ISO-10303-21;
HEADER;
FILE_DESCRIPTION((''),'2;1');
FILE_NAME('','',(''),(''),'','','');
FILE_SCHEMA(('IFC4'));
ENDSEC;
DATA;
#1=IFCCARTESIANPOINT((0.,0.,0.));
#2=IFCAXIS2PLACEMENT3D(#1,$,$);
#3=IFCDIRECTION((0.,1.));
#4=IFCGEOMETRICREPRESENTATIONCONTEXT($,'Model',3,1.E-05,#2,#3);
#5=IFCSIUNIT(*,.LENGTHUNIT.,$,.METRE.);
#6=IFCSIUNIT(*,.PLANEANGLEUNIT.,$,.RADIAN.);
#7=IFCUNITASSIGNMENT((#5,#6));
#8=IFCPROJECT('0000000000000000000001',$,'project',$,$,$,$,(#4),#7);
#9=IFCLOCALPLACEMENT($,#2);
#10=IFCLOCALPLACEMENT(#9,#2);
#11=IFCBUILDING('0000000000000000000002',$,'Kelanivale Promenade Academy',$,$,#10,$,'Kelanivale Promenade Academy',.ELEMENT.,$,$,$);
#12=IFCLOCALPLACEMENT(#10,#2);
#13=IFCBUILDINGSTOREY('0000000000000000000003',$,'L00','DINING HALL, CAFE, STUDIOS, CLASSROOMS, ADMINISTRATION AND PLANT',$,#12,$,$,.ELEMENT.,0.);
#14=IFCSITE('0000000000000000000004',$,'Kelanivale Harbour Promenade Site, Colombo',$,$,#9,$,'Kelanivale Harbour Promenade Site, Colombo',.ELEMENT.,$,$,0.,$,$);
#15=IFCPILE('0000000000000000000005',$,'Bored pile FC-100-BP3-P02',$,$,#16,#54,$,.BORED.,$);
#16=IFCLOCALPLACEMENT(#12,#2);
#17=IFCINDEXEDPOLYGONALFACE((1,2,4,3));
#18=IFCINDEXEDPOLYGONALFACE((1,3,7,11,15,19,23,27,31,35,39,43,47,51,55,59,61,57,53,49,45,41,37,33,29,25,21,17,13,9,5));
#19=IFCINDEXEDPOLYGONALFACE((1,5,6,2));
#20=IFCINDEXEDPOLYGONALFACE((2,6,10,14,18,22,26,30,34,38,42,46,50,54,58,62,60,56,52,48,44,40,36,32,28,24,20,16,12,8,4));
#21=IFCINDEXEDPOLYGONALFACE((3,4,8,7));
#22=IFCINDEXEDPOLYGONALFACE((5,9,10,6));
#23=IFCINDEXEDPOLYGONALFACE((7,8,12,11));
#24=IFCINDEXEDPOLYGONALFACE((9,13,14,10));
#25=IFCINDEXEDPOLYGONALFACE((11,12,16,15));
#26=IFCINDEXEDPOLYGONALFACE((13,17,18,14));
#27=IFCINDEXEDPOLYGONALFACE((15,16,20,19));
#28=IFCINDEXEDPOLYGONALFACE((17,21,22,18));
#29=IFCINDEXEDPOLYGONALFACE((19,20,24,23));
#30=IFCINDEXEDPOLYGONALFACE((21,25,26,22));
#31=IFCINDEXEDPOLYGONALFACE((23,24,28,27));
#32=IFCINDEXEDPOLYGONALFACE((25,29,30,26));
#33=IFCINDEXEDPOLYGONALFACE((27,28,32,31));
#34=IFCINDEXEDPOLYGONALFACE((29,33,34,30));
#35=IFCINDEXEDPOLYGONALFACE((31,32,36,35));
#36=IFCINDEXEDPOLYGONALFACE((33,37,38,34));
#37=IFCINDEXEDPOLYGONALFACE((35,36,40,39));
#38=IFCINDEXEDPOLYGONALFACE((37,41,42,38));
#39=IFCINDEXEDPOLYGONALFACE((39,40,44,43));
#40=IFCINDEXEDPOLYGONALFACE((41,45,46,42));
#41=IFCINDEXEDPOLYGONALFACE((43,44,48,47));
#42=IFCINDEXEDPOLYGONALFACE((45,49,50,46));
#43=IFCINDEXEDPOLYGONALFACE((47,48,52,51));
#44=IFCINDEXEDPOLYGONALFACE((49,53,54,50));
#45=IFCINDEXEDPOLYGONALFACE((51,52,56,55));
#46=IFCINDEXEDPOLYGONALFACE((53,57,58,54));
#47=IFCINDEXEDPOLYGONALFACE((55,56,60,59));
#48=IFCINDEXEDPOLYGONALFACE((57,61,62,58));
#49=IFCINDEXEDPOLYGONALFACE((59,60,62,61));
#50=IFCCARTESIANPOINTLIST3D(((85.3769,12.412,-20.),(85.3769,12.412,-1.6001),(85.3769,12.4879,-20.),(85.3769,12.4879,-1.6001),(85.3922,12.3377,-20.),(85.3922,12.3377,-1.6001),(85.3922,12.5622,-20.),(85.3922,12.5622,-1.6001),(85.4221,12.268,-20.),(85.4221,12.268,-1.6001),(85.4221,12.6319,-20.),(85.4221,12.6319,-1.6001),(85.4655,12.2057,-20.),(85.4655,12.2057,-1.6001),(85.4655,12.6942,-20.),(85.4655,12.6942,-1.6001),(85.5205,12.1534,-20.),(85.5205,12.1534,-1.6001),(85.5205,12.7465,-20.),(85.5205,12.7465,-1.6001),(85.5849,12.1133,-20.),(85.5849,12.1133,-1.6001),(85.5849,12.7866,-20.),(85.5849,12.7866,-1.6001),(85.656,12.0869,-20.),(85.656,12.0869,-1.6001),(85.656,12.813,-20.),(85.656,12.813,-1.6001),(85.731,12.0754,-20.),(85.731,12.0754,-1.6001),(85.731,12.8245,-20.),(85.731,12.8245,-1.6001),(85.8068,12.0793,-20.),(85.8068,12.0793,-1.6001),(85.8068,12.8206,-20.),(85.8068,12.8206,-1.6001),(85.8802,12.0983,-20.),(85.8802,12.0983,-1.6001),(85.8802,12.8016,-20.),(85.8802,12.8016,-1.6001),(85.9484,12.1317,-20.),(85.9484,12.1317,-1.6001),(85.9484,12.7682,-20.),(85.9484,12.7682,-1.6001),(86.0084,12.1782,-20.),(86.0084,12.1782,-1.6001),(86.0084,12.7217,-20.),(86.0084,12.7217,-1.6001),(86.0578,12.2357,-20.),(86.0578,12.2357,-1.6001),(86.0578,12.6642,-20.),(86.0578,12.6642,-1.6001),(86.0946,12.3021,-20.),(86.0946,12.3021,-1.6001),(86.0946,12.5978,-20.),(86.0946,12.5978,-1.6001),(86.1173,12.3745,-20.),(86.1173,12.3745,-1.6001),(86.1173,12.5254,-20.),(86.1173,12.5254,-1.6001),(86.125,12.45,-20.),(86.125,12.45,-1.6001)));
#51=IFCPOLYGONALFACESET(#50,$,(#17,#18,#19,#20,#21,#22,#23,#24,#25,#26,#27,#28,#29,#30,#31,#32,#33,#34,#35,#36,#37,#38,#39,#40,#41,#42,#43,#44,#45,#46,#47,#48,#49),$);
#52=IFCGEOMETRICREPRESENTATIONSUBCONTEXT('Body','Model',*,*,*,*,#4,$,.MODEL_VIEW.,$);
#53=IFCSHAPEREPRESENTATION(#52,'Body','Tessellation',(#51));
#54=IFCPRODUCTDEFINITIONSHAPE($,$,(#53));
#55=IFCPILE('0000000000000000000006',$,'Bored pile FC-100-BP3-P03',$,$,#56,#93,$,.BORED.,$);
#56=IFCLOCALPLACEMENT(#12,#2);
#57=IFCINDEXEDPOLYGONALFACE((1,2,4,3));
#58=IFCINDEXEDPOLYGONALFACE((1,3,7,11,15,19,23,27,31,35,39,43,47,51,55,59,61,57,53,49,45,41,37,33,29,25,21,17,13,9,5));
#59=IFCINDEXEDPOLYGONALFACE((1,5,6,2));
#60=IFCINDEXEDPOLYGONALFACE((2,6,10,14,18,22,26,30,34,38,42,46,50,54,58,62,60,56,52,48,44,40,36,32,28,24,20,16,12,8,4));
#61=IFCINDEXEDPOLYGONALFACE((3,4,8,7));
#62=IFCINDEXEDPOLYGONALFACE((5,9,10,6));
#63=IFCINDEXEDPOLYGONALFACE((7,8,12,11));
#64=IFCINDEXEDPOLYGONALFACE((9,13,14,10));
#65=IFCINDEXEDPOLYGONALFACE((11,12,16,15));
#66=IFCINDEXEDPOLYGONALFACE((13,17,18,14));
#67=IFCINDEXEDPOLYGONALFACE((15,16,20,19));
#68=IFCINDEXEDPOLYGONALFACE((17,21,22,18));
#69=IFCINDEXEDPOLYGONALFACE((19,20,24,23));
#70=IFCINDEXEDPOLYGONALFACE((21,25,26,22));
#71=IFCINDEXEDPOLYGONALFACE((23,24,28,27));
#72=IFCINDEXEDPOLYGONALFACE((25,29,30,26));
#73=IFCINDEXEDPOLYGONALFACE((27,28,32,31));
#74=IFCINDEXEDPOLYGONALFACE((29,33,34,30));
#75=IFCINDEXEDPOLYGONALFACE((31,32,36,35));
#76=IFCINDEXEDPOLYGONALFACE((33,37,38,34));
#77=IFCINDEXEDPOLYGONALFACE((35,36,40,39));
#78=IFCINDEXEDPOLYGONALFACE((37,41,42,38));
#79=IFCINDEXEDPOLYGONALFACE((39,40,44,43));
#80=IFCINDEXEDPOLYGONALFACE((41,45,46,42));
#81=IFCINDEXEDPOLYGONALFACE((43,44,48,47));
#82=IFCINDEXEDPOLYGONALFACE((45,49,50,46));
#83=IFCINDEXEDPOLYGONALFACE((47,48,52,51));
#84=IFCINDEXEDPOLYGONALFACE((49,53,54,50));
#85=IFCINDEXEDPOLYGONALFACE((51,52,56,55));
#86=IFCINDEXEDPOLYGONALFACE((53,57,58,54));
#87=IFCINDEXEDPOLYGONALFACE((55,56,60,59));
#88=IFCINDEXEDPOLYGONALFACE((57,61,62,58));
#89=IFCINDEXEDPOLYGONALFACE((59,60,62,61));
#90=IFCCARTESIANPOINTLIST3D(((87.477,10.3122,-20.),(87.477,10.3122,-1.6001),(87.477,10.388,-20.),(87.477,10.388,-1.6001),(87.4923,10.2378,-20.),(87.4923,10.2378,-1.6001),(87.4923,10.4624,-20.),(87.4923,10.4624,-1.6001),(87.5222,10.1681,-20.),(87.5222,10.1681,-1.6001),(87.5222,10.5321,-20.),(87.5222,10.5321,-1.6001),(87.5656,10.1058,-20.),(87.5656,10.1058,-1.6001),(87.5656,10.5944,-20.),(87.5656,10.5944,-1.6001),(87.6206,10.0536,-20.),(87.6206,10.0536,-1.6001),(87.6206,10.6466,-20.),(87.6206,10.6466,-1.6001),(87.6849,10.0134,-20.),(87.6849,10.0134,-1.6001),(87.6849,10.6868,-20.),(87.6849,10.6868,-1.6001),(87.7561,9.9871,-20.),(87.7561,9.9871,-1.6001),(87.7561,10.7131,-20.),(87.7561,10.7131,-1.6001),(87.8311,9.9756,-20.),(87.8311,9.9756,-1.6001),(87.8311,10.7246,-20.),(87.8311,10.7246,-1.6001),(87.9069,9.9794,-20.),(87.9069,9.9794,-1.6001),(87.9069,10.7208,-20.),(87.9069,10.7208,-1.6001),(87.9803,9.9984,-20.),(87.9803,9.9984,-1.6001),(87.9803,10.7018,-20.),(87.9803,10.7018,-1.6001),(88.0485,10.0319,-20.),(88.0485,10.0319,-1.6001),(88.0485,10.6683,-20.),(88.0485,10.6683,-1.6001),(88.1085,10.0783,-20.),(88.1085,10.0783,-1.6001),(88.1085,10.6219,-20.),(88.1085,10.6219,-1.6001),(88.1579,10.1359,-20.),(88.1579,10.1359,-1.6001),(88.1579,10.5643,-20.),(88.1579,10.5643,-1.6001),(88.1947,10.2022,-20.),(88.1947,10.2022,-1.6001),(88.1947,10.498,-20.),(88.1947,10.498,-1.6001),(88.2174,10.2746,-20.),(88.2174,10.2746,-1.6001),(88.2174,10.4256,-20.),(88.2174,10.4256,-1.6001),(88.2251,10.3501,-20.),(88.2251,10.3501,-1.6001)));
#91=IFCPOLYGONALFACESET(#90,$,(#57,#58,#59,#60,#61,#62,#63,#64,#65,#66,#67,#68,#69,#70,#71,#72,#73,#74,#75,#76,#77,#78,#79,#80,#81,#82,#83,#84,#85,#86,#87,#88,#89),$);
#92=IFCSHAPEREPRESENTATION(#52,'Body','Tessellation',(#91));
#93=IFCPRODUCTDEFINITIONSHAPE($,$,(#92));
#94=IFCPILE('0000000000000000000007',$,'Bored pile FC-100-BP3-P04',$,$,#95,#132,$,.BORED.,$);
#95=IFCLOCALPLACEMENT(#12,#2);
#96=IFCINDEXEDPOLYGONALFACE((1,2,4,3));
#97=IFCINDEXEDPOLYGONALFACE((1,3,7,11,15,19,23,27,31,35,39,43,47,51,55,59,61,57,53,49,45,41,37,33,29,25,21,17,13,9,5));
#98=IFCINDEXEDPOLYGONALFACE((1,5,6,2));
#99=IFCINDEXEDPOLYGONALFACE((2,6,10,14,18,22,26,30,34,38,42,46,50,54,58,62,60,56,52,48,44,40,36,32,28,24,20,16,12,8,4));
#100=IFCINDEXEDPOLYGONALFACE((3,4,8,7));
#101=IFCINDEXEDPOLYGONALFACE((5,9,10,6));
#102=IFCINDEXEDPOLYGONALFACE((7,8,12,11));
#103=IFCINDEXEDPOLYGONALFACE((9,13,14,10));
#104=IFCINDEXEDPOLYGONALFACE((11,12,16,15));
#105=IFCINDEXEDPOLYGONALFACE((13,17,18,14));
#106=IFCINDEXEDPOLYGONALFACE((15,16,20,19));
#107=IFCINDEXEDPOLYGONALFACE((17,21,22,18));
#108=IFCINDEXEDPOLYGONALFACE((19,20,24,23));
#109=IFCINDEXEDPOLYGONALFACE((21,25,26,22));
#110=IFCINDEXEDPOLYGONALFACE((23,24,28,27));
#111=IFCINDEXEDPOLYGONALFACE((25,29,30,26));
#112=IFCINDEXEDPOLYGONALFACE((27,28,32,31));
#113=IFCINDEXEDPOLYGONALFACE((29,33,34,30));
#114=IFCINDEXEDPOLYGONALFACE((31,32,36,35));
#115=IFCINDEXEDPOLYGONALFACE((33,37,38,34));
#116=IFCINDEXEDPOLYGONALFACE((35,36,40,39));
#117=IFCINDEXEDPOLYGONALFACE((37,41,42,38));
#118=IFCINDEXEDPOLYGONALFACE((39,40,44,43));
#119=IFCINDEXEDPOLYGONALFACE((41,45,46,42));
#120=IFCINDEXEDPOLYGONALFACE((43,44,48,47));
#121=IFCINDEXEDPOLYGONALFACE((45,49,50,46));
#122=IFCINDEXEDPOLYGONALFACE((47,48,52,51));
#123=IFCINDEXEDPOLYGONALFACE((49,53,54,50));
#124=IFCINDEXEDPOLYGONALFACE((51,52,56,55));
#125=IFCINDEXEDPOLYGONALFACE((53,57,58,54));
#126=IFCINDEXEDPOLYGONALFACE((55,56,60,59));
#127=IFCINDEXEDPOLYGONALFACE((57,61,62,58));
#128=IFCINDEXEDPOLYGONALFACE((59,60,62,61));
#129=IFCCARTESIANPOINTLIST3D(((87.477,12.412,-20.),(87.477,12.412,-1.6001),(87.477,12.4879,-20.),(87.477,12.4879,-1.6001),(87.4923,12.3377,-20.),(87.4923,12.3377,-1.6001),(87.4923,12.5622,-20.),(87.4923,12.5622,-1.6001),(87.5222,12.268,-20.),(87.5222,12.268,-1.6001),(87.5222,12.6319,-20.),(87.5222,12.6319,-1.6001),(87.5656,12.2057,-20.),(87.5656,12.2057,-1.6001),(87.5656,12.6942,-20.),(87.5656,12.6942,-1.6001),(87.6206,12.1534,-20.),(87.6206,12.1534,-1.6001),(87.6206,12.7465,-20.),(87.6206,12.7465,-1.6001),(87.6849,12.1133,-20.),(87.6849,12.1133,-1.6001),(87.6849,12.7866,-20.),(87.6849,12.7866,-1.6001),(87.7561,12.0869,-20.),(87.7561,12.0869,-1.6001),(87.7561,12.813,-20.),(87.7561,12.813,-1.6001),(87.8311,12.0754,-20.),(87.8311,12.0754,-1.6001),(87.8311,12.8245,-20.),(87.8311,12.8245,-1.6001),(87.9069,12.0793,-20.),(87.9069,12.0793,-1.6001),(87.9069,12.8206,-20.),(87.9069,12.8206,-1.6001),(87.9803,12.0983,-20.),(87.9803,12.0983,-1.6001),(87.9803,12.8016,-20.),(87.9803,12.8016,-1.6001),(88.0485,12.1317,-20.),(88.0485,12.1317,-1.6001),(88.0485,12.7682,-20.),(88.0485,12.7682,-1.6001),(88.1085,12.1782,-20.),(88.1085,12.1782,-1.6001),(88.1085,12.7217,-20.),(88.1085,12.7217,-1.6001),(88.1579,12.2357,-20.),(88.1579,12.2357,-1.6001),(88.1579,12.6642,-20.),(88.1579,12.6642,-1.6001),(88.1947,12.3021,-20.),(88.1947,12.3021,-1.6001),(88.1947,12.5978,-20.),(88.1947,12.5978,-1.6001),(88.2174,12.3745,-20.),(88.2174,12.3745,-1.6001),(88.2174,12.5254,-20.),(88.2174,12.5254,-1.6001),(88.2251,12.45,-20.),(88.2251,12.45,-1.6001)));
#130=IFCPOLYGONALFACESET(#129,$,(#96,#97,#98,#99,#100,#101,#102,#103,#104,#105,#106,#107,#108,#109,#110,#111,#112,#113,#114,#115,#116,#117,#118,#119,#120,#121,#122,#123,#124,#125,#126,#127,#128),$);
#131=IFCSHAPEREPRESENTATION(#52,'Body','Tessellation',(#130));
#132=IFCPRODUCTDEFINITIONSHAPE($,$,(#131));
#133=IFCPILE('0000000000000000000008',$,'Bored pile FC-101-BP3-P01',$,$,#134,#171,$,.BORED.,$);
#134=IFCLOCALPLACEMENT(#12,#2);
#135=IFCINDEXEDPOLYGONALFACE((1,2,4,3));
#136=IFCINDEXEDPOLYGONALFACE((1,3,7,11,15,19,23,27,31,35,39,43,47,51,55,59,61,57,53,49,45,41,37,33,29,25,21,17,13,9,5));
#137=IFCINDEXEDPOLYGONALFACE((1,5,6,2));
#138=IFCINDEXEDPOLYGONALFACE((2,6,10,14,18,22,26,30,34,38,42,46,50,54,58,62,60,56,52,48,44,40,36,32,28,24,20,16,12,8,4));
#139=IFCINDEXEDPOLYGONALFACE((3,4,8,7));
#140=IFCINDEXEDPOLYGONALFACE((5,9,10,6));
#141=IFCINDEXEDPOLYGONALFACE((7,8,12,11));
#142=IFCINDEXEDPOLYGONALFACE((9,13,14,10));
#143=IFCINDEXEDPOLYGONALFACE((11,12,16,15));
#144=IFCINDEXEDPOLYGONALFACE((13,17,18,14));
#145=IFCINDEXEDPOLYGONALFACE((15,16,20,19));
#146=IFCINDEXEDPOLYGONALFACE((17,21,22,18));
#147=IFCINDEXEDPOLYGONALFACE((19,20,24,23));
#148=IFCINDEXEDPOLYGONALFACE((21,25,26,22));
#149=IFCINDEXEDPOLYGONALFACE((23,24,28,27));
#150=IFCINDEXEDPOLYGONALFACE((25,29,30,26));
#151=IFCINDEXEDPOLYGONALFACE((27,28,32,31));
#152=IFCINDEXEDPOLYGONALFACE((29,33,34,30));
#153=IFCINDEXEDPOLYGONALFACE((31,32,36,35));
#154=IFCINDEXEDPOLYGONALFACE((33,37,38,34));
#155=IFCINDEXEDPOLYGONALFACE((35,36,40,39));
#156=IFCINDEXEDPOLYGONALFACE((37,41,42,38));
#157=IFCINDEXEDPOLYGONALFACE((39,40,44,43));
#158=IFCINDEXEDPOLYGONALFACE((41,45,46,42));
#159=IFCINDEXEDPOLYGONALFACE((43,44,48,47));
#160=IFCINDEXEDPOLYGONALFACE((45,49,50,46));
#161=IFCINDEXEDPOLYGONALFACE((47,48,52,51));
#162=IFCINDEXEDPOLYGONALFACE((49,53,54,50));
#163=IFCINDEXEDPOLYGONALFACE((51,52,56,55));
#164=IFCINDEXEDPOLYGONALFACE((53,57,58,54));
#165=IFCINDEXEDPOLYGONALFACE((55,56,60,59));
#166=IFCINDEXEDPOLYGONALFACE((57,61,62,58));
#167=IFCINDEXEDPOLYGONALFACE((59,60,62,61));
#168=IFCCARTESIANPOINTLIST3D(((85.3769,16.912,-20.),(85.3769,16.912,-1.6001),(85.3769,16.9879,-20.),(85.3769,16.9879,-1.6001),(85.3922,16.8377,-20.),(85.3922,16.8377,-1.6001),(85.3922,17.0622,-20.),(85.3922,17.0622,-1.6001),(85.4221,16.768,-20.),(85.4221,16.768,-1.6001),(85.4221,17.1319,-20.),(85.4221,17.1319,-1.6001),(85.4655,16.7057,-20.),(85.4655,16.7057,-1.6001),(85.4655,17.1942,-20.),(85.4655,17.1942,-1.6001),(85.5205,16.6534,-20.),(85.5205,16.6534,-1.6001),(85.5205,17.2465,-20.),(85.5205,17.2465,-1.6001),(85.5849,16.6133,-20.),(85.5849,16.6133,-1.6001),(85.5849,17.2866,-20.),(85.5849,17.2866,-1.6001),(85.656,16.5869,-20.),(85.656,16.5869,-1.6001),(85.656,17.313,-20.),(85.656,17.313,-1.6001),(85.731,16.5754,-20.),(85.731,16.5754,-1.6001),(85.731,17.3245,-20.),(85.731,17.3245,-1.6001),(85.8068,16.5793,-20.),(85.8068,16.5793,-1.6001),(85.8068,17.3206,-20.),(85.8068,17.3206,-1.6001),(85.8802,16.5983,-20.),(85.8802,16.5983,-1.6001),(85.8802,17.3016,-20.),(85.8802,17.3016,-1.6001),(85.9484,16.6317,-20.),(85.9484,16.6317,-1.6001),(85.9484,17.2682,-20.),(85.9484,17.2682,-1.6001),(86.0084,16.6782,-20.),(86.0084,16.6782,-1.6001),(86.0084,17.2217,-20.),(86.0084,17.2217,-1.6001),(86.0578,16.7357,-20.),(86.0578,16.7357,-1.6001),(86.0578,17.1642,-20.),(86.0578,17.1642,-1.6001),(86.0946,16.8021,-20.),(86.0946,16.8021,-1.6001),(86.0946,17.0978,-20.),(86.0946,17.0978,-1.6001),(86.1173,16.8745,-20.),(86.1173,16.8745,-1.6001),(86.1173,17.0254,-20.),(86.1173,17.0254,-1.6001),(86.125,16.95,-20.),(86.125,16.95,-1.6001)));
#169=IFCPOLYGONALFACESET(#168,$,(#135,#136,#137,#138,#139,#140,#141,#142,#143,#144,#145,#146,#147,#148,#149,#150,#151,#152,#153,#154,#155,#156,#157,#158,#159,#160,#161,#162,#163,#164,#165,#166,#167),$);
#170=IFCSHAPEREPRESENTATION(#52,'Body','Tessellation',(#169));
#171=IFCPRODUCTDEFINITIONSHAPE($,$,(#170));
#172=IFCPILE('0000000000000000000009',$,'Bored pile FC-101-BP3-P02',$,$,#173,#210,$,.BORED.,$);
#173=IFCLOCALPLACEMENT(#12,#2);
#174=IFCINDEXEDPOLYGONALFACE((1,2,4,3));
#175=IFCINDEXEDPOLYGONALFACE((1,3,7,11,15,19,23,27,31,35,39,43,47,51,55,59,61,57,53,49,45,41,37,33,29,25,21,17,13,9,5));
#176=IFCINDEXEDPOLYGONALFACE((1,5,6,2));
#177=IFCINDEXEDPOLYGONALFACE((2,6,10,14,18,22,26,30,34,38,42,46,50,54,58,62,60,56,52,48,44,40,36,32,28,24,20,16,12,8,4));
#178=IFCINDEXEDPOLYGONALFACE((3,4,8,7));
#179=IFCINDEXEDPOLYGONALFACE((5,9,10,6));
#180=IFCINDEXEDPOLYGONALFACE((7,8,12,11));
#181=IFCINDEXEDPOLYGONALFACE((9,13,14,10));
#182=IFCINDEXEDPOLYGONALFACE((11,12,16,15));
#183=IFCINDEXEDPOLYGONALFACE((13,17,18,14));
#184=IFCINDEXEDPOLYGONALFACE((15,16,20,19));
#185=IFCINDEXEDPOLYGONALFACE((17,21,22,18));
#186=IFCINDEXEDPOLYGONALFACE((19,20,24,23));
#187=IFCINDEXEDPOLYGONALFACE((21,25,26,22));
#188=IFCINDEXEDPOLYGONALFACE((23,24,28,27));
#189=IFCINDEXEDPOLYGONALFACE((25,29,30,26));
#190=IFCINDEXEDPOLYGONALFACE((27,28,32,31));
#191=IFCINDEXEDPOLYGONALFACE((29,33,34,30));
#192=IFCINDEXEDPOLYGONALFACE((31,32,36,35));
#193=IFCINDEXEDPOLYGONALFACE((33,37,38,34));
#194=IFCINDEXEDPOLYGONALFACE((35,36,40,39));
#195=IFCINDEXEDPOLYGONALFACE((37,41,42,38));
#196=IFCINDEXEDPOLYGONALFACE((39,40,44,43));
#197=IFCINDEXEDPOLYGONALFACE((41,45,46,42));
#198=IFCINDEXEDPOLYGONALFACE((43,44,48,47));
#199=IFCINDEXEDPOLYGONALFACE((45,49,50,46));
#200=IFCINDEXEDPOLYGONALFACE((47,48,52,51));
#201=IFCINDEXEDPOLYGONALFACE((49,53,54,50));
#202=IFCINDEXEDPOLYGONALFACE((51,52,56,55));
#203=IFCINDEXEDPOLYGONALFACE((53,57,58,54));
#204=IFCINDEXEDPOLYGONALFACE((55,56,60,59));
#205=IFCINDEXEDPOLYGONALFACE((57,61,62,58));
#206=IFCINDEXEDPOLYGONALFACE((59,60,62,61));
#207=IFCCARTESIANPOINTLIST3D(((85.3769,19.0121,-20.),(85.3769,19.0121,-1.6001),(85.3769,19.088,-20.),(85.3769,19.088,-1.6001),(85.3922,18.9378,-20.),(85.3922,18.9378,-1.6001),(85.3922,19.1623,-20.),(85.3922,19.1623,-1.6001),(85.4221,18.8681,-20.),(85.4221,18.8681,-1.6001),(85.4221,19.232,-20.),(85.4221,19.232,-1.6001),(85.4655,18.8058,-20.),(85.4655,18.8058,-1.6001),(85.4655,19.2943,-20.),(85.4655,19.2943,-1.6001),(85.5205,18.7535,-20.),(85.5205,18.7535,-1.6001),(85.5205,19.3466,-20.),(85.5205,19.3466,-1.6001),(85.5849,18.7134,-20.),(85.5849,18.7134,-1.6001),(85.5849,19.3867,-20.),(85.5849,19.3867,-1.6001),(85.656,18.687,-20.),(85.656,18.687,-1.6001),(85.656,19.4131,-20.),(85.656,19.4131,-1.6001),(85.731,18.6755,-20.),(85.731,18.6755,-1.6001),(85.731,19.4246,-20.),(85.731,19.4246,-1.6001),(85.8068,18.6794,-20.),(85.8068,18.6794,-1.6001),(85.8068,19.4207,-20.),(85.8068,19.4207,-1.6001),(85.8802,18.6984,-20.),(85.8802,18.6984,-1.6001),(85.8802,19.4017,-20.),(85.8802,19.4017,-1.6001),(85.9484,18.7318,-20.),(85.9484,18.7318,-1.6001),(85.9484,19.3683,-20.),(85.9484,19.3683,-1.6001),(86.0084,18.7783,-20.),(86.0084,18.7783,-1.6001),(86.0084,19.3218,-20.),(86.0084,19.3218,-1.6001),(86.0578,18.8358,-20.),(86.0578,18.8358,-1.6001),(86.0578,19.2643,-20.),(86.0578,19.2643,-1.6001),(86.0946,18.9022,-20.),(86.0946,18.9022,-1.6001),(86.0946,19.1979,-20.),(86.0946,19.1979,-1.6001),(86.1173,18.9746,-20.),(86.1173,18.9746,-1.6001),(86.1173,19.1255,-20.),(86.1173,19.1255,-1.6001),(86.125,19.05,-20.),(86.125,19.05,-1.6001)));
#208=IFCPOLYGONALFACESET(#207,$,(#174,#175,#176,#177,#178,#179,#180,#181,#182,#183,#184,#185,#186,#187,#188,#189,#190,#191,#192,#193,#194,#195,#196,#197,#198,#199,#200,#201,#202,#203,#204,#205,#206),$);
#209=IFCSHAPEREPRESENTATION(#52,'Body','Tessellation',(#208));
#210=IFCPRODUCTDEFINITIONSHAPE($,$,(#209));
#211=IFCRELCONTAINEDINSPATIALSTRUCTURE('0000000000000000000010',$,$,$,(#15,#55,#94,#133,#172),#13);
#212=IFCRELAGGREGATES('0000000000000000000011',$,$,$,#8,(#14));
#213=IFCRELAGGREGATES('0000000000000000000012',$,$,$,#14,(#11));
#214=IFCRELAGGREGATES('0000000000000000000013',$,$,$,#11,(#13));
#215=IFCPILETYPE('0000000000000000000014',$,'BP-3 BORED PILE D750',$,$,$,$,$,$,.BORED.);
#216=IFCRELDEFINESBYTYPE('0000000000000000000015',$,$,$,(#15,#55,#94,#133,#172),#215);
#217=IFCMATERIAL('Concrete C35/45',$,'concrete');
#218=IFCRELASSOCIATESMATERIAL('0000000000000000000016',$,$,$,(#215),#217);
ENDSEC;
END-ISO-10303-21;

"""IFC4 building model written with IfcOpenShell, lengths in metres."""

from ifc_helpers import new_model, si_unit, direction, frame, origin, origin_2d, place, context, subcontext, project, spatial, circle, extrude, material, material_profile, profile_set, type_object, element, save


model = new_model("IFC4")

# Units and contexts
model_context = context("Model", 3, precision=1e-05, world=origin(), true_north=direction((0.0, 1.0)))
body_context = subcontext(model_context, "Body", "Model", "MODEL_VIEW")
ifc_project = project(units=[si_unit("LENGTHUNIT", "METRE"), si_unit("PLANEANGLEUNIT", "RADIAN")], contexts=[model_context])

# Site, building, storey
site_placement = place(None, origin())
site = spatial("IfcSite", under=ifc_project, at=site_placement, Name="Kelanivale Harbour Promenade Site, Colombo", LongName="Kelanivale Harbour Promenade Site, Colombo", CompositionType="ELEMENT", RefElevation=0.0)
building_placement = place(site_placement, origin())
building = spatial("IfcBuilding", under=site, at=building_placement, Name="Kelanivale Promenade Academy", LongName="Kelanivale Promenade Academy", CompositionType="ELEMENT")
storey_placement = place(building_placement, origin())
storey = spatial("IfcBuildingStorey", under=building, at=storey_placement, Name="L00", Description="DINING HALL, CAFE, STUDIOS, CLASSROOMS, ADMINISTRATION AND PLANT", CompositionType="ELEMENT", Elevation=0.0)

# Piles
ifc_material_1 = material(Name="Concrete C35/45", Category="concrete")
ifc_material_profile_1 = material_profile(ifc_material_1, circle(Radius=0.375, at=origin_2d()), Name="BORED PILE D750")
ifc_profile_set_1 = profile_set([ifc_material_profile_1], Name="Concrete C35/45")
pile_type = type_object("IfcPileType", Name="BP-3 BORED PILE D750", PredefinedType="BORED", material=ifc_profile_set_1)
for number, where, z_axis, x_axis, name in (
    (1, (85.75, 12.45, -1.6001), (0.0, 0.0, -1.0), (1.0, 0.0, 0.0), "Bored pile FC-100-BP3-P02"),
    (2, (87.8501, 10.3501, -1.6001), (0.0, 0.0, -1.0), (1.0, 0.0, 0.0), "Bored pile FC-100-BP3-P03"),
    (3, (87.8501, 12.45, -1.6001), (0.0, 0.0, -1.0), (1.0, 0.0, 0.0), "Bored pile FC-100-BP3-P04"),
    (4, (85.75, 16.95, -1.6001), (0.0, 0.0, -1.0), (1.0, 0.0, 0.0), "Bored pile FC-101-BP3-P01"),
    (5, (85.75, 19.05, -1.6001), (0.0, 0.0, -1.0), (1.0, 0.0, 0.0), "Bored pile FC-101-BP3-P02"),
):
    element("IfcPile", number, at=place(storey_placement, frame(where, z_axis=z_axis, x_axis=x_axis)), inside=storey, type_object=pile_type, Name=name, PredefinedType="BORED", context=body_context, shape_type="SweptSolid", body=[
        extrude(circle(Radius=0.375, at=origin_2d()), origin(), (0.0, 0.0, 1.0), 18.3999),
    ])

save(model, "model.ifc")
